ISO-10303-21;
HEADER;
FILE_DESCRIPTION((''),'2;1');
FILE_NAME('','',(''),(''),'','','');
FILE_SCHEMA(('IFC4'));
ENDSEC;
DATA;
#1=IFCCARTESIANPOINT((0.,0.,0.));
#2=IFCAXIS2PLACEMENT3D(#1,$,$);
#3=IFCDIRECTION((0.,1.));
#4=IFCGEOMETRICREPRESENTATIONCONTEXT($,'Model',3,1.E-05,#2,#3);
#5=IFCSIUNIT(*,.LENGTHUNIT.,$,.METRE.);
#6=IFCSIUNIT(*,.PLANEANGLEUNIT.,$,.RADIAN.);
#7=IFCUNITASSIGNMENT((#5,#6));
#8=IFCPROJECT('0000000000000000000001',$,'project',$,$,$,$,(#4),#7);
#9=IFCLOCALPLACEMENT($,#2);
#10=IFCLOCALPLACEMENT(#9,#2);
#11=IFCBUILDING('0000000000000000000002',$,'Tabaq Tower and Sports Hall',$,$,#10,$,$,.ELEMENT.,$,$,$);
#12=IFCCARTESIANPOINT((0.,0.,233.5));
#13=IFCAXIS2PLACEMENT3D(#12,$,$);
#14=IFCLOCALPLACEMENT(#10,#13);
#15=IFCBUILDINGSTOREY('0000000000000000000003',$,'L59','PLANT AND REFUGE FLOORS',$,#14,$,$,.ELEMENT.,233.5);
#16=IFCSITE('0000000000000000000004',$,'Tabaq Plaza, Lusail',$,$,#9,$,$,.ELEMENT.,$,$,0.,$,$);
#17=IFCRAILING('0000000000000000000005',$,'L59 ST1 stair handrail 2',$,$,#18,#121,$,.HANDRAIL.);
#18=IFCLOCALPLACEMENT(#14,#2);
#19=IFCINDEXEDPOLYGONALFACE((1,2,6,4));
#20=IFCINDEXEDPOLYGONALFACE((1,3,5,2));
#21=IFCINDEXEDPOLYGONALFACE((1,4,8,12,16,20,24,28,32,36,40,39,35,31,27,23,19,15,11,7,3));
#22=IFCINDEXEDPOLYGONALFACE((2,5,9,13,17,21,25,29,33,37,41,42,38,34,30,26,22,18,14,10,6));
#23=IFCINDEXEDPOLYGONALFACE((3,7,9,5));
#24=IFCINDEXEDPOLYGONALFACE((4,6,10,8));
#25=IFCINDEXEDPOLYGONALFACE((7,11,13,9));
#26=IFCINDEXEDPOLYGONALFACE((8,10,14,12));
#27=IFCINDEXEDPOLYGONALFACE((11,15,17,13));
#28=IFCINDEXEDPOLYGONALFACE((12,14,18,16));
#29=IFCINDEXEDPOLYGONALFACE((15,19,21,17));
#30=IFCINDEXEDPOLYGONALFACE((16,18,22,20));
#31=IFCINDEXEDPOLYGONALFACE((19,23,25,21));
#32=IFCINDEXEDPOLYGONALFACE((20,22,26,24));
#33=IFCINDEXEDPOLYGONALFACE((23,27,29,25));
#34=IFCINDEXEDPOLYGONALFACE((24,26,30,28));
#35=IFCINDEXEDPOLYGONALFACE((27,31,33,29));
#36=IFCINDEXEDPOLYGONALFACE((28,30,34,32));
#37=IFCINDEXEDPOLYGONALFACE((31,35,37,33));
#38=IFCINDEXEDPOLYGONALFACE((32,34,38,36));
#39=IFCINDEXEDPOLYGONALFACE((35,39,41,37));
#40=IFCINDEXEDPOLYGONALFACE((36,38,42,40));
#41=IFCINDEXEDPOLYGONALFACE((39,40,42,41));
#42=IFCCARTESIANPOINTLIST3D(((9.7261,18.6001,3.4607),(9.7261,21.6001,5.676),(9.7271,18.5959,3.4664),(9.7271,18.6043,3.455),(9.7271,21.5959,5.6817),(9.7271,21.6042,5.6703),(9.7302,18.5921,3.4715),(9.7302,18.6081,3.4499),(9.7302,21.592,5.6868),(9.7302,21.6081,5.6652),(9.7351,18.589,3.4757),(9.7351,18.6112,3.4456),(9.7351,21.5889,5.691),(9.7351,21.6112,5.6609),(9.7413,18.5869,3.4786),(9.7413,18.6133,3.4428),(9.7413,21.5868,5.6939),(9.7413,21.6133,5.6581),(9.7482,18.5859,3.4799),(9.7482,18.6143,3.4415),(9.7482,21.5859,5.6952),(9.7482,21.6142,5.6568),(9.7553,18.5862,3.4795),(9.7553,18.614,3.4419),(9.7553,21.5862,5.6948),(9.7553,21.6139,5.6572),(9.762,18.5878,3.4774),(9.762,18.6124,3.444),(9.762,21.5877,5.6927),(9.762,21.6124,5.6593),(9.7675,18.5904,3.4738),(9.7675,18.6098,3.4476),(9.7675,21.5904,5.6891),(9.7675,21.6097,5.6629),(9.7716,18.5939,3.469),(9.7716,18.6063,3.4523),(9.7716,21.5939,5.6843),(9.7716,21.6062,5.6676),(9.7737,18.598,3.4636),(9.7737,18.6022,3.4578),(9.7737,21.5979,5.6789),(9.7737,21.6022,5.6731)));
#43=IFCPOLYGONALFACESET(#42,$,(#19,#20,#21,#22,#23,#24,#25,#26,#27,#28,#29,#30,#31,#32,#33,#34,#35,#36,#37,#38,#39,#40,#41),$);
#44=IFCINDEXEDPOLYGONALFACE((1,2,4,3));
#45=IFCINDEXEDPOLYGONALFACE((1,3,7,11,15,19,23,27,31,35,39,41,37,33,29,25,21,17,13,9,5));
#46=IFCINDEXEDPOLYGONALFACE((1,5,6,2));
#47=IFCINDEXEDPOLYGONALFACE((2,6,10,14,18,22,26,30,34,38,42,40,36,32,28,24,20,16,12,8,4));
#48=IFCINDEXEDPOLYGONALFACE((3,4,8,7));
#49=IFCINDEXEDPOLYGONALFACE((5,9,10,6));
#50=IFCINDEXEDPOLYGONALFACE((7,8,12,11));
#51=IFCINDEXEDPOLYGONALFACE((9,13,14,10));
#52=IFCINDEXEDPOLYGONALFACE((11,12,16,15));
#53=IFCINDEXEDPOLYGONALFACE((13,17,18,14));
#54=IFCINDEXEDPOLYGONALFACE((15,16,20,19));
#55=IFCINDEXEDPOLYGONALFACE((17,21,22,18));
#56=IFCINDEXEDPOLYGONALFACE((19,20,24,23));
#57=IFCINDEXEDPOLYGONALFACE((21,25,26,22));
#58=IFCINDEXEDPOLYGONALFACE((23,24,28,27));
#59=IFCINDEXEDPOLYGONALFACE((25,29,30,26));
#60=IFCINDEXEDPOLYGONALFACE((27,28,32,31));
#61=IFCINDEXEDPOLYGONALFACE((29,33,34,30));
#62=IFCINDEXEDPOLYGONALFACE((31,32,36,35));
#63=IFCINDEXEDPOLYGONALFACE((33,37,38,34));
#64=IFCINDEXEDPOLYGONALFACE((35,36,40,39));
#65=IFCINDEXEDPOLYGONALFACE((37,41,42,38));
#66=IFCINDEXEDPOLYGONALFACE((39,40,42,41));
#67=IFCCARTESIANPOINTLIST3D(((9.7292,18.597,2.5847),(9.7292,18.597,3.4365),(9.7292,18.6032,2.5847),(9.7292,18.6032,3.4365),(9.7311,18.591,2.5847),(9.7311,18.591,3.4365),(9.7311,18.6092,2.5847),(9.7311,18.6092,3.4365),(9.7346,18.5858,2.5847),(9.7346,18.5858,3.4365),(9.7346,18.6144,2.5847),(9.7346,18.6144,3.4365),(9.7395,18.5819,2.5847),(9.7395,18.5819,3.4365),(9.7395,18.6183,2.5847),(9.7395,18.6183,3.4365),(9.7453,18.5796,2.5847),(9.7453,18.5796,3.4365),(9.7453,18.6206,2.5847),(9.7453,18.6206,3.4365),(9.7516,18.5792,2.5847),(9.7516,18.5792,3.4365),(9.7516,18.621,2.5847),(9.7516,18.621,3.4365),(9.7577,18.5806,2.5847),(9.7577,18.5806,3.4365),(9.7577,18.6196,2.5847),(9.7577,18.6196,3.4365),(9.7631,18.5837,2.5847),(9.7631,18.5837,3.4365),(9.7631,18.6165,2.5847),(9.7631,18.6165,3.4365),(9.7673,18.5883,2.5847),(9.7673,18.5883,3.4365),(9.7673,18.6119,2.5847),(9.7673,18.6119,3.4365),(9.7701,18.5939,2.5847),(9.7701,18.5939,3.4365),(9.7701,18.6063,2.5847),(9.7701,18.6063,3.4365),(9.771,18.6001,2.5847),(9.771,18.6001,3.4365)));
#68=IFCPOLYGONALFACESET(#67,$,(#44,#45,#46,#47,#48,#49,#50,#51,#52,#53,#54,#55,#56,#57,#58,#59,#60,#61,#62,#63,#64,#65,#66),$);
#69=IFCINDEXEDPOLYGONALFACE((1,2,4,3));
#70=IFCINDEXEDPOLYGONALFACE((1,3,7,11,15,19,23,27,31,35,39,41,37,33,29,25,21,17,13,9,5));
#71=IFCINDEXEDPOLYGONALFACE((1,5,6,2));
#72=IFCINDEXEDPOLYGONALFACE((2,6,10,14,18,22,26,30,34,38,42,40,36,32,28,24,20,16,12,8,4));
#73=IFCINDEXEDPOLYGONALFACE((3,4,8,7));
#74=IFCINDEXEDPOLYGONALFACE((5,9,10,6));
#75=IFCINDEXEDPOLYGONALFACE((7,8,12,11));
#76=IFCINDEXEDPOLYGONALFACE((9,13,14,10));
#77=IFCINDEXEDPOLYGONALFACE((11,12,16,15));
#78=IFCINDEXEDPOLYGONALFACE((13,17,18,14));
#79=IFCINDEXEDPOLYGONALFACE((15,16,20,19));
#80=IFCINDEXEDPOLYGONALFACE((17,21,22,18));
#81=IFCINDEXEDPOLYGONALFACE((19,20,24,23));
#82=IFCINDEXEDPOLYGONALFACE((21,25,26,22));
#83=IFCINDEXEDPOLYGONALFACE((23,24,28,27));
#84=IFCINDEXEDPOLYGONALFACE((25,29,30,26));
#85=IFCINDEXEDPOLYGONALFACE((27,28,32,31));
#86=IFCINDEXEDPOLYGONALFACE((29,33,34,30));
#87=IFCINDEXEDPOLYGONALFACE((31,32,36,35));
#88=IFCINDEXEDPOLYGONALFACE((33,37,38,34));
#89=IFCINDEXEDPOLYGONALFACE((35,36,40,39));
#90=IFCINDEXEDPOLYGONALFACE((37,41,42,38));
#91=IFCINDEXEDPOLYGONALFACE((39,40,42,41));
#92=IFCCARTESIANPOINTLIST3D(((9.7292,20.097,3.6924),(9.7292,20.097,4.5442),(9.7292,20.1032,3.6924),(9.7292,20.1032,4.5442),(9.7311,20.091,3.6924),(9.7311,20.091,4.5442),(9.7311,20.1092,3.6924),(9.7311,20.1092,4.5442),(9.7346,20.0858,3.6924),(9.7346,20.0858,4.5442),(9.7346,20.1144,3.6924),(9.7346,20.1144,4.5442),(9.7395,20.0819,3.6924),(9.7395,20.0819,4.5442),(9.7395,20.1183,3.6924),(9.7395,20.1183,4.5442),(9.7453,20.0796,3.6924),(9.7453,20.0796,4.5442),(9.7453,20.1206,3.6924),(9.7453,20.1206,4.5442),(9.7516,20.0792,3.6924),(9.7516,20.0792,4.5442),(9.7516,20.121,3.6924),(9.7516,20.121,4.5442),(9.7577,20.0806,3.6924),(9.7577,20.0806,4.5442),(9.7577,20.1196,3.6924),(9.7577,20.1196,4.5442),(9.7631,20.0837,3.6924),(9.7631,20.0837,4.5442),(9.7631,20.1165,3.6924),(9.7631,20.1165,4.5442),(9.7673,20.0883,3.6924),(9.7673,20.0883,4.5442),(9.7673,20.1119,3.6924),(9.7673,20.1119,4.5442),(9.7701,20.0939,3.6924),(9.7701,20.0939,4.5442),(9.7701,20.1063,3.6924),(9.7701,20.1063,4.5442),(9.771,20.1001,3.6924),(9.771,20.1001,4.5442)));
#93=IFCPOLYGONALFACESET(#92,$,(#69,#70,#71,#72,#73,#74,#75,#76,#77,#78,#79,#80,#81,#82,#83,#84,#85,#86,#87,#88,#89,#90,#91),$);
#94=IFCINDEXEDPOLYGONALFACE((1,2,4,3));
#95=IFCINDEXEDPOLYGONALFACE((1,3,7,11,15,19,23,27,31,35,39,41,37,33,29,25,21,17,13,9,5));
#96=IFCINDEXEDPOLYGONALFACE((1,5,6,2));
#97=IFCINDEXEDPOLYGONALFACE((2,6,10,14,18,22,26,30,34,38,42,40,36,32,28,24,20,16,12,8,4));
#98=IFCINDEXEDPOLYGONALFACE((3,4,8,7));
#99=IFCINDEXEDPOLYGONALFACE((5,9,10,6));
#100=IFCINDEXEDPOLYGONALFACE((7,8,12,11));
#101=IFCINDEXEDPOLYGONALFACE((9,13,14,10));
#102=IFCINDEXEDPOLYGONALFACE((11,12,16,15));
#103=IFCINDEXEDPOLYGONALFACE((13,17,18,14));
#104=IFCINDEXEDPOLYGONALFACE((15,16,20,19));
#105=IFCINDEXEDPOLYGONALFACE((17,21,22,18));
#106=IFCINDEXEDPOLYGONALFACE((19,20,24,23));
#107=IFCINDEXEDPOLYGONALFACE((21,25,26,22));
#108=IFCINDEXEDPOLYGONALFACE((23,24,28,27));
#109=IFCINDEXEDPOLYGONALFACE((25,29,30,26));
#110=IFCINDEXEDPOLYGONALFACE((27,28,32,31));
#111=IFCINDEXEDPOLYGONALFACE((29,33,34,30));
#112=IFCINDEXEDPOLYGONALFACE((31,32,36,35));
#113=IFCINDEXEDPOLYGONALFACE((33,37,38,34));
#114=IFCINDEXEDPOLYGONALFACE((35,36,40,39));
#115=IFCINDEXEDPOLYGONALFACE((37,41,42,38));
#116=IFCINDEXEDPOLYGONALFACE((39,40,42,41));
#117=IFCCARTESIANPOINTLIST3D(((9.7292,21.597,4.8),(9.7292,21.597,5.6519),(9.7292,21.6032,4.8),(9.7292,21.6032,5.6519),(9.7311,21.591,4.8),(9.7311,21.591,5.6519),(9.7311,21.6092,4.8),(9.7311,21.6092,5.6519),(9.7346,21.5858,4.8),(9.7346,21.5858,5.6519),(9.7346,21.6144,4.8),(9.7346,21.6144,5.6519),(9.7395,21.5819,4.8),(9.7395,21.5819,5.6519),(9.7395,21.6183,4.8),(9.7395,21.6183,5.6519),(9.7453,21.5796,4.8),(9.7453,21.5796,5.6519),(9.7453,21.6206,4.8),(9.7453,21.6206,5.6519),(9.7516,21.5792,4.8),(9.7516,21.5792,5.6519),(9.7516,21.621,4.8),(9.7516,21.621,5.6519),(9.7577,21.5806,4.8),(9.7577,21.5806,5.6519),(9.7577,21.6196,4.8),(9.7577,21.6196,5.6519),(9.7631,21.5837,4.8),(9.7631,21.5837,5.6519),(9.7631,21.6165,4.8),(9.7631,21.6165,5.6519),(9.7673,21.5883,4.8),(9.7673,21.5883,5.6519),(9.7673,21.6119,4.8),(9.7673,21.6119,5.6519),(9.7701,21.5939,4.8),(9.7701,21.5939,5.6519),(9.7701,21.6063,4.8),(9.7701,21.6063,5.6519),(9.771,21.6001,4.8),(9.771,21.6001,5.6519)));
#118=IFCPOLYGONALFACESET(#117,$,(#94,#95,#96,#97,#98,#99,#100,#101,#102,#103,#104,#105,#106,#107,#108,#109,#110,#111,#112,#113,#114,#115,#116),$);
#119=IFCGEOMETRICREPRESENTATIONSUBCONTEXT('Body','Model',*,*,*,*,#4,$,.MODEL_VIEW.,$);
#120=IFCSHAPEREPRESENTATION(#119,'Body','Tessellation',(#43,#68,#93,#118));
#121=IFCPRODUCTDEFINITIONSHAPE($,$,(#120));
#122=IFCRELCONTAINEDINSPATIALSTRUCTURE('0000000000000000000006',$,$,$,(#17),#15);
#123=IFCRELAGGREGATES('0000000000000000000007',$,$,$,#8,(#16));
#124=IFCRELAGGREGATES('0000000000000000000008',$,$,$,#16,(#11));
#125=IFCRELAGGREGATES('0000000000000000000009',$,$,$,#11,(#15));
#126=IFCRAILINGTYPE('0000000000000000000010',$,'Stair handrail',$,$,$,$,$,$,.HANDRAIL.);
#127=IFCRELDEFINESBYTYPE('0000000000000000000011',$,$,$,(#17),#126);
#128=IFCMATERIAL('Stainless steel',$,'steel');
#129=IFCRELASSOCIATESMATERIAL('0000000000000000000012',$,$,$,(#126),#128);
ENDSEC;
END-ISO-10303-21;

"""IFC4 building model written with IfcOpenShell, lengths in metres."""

from ifc_helpers import new_model, si_unit, direction, frame, origin, origin_2d, place, context, subcontext, project, spatial, circle, extrude, material, type_object, element, save


model = new_model("IFC4")

# Units and contexts
model_context = context("Model", 3, precision=1e-05, world=origin(), true_north=direction((0.0, 1.0)))
body_context = subcontext(model_context, "Body", "Model", "MODEL_VIEW")
ifc_project = project(units=[si_unit("LENGTHUNIT", "METRE"), si_unit("PLANEANGLEUNIT", "RADIAN")], contexts=[model_context])

# Site, building, storey
site_placement = place(None, origin())
site = spatial("IfcSite", under=ifc_project, at=site_placement, Name="Tabaq Plaza, Lusail", CompositionType="ELEMENT", RefElevation=0.0)
building_placement = place(site_placement, origin())
building = spatial("IfcBuilding", under=site, at=building_placement, Name="Tabaq Tower and Sports Hall", CompositionType="ELEMENT")
storey_placement = place(building_placement, frame((0.0, 0.0, 233.5)))
storey = spatial("IfcBuildingStorey", under=building, at=storey_placement, Name="L59", Description="PLANT AND REFUGE FLOORS", CompositionType="ELEMENT", Elevation=233.5)

# Railing
ifc_material_1 = material(Name="Stainless steel", Category="steel")
railing_type_1 = type_object("IfcRailingType", Name="Stair handrail", PredefinedType="HANDRAIL", material=ifc_material_1)
railing_1_placement = place(storey_placement, frame((9.75, 18.6001, 2.5847)))
element("IfcRailing", 1, at=railing_1_placement, inside=storey, type_object=railing_type_1, Name="L59 ST1 stair handrail 2", PredefinedType="HANDRAIL", context=body_context, shape_type="SweptSolid", body=[
    extrude(circle(Radius=0.0239, at=origin_2d()), frame((0.0, 0.0, 0.876), z_axis=(0.0, 0.80444, 0.594034), x_axis=(-1.0, 0.0, 0.0)), (0.0, 0.0, 1.0), 3.7292),
    extrude(circle(Radius=0.021, at=origin_2d()), origin(), (0.0, 0.0, 1.0), 0.8518),
    extrude(circle(Radius=0.021, at=origin_2d()), frame((0.0, 1.5, 1.1077)), (0.0, 0.0, 1.0), 0.8518),
    extrude(circle(Radius=0.021, at=origin_2d()), frame((0.0, 3.0, 2.2153)), (0.0, 0.0, 1.0), 0.8518),
])

save(model, "model.ifc")
